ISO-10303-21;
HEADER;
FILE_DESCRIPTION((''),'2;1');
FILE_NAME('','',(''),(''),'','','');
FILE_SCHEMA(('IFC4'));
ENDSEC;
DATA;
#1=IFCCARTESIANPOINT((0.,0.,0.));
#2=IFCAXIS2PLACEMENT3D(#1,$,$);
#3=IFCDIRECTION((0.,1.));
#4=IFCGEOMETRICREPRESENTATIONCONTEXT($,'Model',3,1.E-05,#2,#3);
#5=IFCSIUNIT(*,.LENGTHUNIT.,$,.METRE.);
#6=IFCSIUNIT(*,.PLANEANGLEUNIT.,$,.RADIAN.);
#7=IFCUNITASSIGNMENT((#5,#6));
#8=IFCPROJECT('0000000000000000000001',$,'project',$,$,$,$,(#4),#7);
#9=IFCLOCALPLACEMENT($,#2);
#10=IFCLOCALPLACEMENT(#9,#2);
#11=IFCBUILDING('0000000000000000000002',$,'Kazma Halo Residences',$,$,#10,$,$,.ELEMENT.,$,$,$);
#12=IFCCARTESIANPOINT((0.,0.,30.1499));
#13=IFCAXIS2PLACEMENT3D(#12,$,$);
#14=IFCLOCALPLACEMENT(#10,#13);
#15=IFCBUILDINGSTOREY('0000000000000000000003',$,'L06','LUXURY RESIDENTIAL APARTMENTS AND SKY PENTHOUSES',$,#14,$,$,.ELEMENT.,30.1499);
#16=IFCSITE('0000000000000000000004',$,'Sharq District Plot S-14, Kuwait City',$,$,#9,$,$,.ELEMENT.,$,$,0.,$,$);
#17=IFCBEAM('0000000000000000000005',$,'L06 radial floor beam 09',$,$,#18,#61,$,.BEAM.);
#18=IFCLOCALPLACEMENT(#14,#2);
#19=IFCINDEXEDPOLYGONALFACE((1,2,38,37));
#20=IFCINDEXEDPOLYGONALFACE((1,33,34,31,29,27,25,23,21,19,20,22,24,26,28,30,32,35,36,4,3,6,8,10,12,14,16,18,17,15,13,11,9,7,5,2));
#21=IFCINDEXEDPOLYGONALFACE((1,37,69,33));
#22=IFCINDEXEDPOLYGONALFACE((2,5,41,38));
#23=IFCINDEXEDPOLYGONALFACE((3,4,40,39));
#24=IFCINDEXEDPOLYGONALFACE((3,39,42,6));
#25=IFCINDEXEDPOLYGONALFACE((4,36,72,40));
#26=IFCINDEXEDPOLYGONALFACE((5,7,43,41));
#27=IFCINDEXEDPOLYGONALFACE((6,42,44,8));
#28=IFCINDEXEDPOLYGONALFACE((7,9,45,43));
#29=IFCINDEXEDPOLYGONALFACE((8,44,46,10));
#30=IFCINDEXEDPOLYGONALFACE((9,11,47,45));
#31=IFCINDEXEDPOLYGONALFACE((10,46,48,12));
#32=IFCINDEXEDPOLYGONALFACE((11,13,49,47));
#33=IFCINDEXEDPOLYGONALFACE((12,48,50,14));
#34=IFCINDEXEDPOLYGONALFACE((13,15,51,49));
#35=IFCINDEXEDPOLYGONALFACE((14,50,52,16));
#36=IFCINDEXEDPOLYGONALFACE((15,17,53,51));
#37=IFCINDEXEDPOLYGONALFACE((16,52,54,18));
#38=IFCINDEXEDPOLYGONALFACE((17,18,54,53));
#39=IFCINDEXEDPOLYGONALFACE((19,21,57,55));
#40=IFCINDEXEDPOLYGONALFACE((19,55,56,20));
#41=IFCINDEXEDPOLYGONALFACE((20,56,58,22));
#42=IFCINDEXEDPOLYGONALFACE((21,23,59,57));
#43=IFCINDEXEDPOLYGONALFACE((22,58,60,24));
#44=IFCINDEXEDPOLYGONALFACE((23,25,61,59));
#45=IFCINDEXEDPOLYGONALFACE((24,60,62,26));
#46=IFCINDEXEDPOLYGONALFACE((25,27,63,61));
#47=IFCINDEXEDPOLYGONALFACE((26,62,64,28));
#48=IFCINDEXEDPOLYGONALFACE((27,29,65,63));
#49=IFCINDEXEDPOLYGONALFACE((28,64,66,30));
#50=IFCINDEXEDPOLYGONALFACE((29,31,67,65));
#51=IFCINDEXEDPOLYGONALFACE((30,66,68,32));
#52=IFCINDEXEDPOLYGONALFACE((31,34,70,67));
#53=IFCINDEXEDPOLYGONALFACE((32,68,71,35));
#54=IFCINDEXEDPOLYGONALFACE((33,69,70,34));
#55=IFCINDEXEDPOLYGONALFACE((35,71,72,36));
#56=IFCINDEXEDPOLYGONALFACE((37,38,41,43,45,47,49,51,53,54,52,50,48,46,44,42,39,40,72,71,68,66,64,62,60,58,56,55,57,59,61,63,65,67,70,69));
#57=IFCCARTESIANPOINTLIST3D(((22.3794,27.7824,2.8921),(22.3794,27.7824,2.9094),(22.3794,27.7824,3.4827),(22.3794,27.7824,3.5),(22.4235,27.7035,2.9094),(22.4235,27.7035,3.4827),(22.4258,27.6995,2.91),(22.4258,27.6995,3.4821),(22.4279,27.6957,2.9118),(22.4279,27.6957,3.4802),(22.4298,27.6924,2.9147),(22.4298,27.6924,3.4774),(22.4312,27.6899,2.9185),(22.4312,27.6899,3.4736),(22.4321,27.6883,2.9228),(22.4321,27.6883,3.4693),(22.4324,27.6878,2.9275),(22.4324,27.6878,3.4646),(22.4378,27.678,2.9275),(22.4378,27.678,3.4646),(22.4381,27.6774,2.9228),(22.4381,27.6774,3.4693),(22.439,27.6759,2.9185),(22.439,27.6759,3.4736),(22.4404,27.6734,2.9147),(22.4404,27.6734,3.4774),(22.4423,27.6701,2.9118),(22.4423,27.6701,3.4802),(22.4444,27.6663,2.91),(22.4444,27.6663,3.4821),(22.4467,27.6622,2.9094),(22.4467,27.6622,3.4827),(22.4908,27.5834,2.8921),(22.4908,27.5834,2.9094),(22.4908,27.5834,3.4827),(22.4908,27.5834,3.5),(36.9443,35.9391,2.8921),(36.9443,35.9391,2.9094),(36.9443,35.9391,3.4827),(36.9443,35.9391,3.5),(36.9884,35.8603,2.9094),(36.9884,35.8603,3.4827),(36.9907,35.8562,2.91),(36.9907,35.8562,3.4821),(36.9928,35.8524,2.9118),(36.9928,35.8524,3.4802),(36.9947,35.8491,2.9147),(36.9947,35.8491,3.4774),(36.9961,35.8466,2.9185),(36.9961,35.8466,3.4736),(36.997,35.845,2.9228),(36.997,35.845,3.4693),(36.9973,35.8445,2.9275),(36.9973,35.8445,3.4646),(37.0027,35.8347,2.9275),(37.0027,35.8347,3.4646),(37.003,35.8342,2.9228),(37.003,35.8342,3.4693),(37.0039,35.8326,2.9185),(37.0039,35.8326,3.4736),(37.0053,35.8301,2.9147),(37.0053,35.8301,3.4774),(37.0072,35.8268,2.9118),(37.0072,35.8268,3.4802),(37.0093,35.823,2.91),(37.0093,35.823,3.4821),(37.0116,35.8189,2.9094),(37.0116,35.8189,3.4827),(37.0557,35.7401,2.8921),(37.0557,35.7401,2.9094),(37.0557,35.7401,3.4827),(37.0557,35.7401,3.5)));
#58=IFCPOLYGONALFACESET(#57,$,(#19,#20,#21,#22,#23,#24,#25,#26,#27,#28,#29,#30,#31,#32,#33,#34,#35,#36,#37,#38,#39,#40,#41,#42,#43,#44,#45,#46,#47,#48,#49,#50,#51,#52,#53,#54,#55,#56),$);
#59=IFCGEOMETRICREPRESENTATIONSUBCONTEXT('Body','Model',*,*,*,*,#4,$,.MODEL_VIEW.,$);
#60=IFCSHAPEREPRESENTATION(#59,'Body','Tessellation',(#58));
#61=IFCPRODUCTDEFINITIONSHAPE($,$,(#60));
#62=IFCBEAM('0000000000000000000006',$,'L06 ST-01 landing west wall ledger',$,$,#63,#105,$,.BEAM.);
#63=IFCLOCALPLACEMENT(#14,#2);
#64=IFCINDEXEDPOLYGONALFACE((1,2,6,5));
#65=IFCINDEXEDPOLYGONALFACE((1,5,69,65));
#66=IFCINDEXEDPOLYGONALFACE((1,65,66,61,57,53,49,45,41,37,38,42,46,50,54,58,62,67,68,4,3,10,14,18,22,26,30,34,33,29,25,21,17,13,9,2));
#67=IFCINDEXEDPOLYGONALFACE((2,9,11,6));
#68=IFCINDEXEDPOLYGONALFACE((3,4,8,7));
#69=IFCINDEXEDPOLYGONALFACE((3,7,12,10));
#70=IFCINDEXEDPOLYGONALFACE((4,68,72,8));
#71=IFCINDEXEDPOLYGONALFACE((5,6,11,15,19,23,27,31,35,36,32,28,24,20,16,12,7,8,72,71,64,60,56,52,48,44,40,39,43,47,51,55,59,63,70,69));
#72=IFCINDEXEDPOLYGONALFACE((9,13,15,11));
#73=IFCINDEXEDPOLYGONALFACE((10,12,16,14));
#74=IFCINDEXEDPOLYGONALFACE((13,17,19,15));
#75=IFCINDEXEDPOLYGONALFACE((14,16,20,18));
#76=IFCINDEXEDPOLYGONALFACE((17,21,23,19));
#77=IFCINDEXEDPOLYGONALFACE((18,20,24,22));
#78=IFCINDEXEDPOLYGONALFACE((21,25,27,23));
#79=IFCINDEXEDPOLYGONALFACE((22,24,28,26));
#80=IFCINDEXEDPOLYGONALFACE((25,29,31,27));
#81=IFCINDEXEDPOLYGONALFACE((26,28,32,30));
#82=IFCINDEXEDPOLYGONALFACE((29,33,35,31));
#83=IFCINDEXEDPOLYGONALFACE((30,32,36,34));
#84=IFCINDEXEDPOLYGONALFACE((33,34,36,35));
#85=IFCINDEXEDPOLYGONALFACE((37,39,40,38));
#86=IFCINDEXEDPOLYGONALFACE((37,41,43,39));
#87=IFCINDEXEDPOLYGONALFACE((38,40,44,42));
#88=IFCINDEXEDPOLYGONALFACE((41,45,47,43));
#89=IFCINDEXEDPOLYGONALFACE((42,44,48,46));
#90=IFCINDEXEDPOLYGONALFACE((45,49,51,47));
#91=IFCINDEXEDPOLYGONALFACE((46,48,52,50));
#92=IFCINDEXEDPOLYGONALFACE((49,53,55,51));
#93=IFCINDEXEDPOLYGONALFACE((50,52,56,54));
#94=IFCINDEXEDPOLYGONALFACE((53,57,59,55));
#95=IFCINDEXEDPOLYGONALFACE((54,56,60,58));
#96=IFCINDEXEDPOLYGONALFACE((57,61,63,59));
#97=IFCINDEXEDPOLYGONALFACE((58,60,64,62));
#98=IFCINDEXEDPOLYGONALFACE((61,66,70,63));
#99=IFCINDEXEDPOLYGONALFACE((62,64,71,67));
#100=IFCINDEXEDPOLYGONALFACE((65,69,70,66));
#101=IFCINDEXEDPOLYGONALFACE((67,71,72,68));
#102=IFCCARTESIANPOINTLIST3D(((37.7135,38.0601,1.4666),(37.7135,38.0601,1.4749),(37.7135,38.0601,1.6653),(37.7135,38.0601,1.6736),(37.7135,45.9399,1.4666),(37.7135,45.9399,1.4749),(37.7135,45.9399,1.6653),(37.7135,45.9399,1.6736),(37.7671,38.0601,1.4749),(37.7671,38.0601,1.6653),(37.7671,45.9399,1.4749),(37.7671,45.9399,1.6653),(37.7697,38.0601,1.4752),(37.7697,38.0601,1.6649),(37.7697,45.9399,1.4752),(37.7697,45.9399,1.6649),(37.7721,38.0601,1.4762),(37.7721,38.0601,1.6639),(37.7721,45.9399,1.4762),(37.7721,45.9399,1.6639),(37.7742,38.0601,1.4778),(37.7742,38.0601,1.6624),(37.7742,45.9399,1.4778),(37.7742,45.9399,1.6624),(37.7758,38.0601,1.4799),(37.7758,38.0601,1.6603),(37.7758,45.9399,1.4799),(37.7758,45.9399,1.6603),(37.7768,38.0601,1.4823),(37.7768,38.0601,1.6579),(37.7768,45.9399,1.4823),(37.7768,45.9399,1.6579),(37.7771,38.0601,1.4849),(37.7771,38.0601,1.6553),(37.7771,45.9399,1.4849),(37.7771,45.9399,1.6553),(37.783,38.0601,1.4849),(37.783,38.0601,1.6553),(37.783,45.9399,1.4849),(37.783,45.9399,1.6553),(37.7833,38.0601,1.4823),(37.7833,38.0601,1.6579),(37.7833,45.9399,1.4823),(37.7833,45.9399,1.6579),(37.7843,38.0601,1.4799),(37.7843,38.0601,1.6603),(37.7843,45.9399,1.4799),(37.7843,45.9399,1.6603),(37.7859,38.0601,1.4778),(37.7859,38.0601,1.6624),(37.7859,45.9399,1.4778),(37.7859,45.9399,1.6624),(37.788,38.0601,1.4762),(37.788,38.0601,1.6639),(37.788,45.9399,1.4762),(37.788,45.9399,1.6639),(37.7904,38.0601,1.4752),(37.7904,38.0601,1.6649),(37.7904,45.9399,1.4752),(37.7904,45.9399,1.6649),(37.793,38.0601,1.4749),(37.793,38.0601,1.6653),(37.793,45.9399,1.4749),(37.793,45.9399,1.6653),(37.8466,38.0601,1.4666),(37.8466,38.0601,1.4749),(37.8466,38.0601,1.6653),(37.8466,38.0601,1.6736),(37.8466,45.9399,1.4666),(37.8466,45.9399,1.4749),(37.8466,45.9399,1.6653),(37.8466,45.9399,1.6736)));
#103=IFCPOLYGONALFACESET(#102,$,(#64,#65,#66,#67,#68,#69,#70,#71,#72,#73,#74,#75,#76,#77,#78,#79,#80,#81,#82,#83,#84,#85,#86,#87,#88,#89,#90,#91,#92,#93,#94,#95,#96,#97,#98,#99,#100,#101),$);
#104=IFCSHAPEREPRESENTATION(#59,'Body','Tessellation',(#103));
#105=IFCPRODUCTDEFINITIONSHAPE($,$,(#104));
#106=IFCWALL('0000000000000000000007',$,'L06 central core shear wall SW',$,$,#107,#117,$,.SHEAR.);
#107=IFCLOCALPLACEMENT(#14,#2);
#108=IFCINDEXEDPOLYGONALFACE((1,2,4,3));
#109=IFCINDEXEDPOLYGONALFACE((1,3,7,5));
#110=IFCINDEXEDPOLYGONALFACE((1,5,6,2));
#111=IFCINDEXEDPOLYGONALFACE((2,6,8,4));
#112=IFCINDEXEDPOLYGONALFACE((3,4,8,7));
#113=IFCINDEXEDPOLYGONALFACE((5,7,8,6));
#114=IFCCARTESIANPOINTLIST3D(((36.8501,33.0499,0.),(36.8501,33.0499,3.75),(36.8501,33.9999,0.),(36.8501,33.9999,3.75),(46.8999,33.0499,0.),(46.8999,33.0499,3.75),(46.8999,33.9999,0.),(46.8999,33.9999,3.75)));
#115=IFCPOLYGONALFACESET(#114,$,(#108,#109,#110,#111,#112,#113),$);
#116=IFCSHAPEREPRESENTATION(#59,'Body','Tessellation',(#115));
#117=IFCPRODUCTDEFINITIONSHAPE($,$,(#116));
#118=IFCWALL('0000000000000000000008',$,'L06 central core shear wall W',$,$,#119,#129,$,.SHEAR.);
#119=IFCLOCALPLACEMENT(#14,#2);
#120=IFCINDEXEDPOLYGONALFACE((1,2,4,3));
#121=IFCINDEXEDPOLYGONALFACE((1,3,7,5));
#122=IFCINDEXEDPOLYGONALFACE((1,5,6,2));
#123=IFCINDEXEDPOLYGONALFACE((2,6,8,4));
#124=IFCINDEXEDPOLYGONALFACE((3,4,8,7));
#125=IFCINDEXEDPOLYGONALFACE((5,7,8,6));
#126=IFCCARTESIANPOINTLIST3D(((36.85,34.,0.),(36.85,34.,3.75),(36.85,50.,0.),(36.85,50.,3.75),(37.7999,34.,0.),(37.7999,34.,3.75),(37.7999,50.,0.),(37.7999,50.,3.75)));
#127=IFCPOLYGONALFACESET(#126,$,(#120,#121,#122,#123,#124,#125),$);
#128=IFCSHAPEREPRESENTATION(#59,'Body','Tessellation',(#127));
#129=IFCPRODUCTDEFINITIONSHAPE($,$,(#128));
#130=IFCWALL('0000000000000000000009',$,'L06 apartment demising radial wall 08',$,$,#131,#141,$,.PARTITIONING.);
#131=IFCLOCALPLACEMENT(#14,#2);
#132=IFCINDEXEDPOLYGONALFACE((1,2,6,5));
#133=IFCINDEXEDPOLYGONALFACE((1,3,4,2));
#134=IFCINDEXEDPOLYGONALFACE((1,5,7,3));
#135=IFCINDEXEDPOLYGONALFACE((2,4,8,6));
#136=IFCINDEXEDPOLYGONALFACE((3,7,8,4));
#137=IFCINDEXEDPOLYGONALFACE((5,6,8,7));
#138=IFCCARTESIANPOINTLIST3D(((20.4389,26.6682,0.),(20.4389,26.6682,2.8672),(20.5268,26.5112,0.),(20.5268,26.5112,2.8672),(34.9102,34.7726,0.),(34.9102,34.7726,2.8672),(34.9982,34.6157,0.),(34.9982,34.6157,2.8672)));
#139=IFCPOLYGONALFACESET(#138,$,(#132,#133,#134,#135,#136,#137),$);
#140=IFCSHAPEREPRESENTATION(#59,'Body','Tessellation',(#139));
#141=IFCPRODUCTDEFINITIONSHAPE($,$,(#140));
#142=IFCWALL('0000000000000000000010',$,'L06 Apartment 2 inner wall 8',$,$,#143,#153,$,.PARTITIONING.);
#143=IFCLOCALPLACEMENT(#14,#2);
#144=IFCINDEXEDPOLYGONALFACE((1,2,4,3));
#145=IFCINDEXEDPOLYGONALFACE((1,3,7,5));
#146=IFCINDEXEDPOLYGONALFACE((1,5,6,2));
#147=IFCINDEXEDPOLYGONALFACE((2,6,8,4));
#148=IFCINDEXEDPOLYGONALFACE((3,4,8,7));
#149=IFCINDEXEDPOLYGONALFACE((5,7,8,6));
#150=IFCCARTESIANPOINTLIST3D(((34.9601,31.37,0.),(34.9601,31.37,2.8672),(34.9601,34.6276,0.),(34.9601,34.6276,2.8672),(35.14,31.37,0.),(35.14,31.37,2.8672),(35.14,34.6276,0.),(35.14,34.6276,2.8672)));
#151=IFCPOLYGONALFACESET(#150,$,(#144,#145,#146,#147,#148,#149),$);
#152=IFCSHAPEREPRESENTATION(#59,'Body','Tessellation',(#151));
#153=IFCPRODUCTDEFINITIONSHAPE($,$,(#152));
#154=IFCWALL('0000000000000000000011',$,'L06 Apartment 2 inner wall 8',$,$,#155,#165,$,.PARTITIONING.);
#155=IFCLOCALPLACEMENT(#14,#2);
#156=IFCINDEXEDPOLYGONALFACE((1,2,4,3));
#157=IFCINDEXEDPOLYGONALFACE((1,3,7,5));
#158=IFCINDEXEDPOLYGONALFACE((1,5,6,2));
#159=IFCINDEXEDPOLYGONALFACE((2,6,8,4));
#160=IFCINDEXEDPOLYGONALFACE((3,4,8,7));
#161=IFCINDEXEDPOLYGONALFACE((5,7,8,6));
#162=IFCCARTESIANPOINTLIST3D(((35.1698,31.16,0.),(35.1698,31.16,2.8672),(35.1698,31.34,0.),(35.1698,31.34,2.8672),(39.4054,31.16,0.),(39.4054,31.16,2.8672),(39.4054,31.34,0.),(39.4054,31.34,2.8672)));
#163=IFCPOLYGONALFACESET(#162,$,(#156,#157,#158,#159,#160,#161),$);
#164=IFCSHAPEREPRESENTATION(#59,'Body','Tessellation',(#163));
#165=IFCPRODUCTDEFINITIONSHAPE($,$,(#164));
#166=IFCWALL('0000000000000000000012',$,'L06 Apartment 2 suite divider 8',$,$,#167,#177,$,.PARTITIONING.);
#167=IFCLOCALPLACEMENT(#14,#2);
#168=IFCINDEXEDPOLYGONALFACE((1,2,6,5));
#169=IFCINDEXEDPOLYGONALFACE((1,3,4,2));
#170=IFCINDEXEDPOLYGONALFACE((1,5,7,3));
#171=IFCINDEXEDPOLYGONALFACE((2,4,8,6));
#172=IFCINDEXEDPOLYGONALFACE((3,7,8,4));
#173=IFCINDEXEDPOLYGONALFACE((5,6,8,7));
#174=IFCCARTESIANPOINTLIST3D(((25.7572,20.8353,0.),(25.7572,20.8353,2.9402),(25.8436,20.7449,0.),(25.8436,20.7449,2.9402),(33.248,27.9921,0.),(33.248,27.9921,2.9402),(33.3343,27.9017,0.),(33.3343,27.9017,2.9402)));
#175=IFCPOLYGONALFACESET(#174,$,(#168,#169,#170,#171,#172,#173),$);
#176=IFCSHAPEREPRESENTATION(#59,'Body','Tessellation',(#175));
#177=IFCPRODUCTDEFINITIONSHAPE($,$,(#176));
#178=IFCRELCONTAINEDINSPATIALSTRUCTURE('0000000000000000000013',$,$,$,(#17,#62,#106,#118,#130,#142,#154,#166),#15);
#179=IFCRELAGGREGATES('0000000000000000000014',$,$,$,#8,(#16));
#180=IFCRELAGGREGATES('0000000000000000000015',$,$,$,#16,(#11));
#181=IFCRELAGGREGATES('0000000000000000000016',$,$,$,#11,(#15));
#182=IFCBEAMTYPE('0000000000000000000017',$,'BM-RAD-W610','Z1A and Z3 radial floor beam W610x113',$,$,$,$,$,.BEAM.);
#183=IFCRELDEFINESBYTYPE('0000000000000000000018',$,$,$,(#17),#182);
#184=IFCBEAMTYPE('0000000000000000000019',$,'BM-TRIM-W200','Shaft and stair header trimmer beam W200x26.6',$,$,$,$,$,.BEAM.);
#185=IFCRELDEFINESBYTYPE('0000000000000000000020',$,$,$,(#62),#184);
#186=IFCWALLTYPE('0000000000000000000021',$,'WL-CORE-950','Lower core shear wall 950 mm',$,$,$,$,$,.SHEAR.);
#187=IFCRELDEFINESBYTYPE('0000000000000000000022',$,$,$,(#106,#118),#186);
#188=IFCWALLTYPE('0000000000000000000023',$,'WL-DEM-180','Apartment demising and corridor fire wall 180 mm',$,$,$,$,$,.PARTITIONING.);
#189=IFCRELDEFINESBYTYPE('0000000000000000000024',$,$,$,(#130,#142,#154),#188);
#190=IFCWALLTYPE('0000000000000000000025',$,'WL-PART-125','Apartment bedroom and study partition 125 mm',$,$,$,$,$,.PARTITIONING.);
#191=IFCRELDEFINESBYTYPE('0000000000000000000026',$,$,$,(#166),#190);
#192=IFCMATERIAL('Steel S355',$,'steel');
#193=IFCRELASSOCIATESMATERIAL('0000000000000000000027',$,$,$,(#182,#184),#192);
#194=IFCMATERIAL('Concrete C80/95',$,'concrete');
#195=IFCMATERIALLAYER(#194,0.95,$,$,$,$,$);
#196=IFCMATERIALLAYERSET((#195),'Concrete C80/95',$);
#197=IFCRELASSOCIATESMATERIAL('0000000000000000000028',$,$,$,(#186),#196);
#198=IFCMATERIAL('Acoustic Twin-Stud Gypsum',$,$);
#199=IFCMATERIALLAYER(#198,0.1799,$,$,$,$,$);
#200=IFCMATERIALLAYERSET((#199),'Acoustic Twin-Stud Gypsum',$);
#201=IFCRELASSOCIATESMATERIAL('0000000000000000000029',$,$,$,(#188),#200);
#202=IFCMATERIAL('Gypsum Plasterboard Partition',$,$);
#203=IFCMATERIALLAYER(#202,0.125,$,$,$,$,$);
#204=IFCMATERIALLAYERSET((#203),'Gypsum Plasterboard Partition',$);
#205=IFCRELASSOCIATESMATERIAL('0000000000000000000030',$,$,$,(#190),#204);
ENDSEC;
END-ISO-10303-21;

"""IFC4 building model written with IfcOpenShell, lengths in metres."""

from ifc_helpers import new_model, si_unit, direction, frame, frame_2d, origin, origin_2d, place, context, subcontext, project, spatial, rectangle, i_section, extrude, material, layer, layer_set, material_profile, profile_set, type_object, element, save


model = new_model("IFC4")

# Units and contexts
model_context = context("Model", 3, precision=1e-05, world=origin(), true_north=direction((0.0, 1.0)))
body_context = subcontext(model_context, "Body", "Model", "MODEL_VIEW")
ifc_project = project(units=[si_unit("LENGTHUNIT", "METRE"), si_unit("PLANEANGLEUNIT", "RADIAN")], contexts=[model_context])

# Site, building, storey
site_placement = place(None, origin())
site = spatial("IfcSite", under=ifc_project, at=site_placement, Name="Sharq District Plot S-14, Kuwait City", CompositionType="ELEMENT", RefElevation=0.0)
building_placement = place(site_placement, origin())
building = spatial("IfcBuilding", under=site, at=building_placement, Name="Kazma Halo Residences", CompositionType="ELEMENT")
storey_placement = place(building_placement, frame((0.0, 0.0, 30.1499)))
storey = spatial("IfcBuildingStorey", under=building, at=storey_placement, Name="L06", Description="LUXURY RESIDENTIAL APARTMENTS AND SKY PENTHOUSES", CompositionType="ELEMENT", Elevation=30.1499)

# Beams
ifc_material_1 = material(Name="Steel S355", Category="steel")
ifc_material_profile_1 = material_profile(ifc_material_1, i_section(OverallWidth=0.228, OverallDepth=0.6079, WebThickness=0.0112, FlangeThickness=0.0173, FilletRadius=0.0181, at=origin_2d()), Name="W610x113")
ifc_profile_set_1 = profile_set([ifc_material_profile_1], Name="Steel S355")
beam_type_1 = type_object("IfcBeamType", Name="BM-RAD-W610", Description="Z1A and Z3 radial floor beam W610x113", PredefinedType="BEAM", material=ifc_profile_set_1)
beam_1_placement = place(storey_placement, frame((37.0, 35.8396, 3.196), z_axis=(-0.872497, -0.48862, 0.0), x_axis=(0.48862, -0.872497, 0.0)))
element("IfcBeam", 1, at=beam_1_placement, inside=storey, type_object=beam_type_1, Name="L06 radial floor beam 09", PredefinedType="BEAM", context=body_context, shape_type="SweptSolid", body=[
    extrude(i_section(OverallWidth=0.228, OverallDepth=0.6079, WebThickness=0.0112, FlangeThickness=0.0173, FilletRadius=0.0181, at=origin_2d()), origin(), (0.0, 0.0, 1.0), 16.6934),
])
ifc_material_profile_2 = material_profile(ifc_material_1, i_section(OverallWidth=0.1331, OverallDepth=0.207, WebThickness=0.0059, FlangeThickness=0.0083, FilletRadius=0.01, at=origin_2d()), Name="W200x26.6")
ifc_profile_set_2 = profile_set([ifc_material_profile_2], Name="Steel S355")
beam_type_2 = type_object("IfcBeamType", Name="BM-TRIM-W200", Description="Shaft and stair header trimmer beam W200x26.6", PredefinedType="BEAM", material=ifc_profile_set_2)
beam_2_placement = place(storey_placement, frame((37.78, 38.0601, 1.5701), z_axis=(0.0, 1.0, 0.0), x_axis=(-1.0, 0.0, 0.0)))
element("IfcBeam", 2, at=beam_2_placement, inside=storey, type_object=beam_type_2, Name="L06 ST-01 landing west wall ledger", PredefinedType="BEAM", context=body_context, shape_type="SweptSolid", body=[
    extrude(i_section(OverallWidth=0.1331, OverallDepth=0.207, WebThickness=0.0059, FlangeThickness=0.0083, FilletRadius=0.01, at=origin_2d()), origin(), (0.0, 0.0, 1.0), 7.8799),
])

# Walls
ifc_material_2 = material(Name="Concrete C80/95", Category="concrete")
ifc_layer_1 = layer(ifc_material_2, 0.95)
ifc_layer_set_1 = layer_set([ifc_layer_1], Name="Concrete C80/95")
wall_type_1 = type_object("IfcWallType", Name="WL-CORE-950", Description="Lower core shear wall 950 mm", PredefinedType="SHEAR", material=ifc_layer_set_1)
wall_1_placement = place(storey_placement, frame((36.8501, 33.5249, 0.0), z_axis=(0.0, 0.0, 1.0), x_axis=(1.0, 0.0, 0.0)))
element("IfcWall", 3, at=wall_1_placement, inside=storey, type_object=wall_type_1, Name="L06 central core shear wall SW", PredefinedType="SHEAR", context=body_context, shape_type="SweptSolid", body=[
    extrude(rectangle(XDim=10.0498, YDim=0.95, at=frame_2d((5.0249, 0.0))), origin(), (0.0, 0.0, 1.0), 3.75),
])
wall_2_placement = place(storey_placement, frame((37.325, 34.0, 0.0), z_axis=(0.0, 0.0, 1.0), x_axis=(0.0, 1.0, 0.0)))
element("IfcWall", 4, at=wall_2_placement, inside=storey, type_object=wall_type_1, Name="L06 central core shear wall W", PredefinedType="SHEAR", context=body_context, shape_type="SweptSolid", body=[
    extrude(rectangle(XDim=16.0, YDim=0.95, at=frame_2d((8.0, 0.0))), origin(), (0.0, 0.0, 1.0), 3.75),
])
ifc_material_3 = material(Name="Acoustic Twin-Stud Gypsum")
ifc_layer_2 = layer(ifc_material_3, 0.1799)
ifc_layer_set_2 = layer_set([ifc_layer_2], Name="Acoustic Twin-Stud Gypsum")
wall_type_2 = type_object("IfcWallType", Name="WL-DEM-180", Description="Apartment demising and corridor fire wall 180 mm", PredefinedType="PARTITIONING", material=ifc_layer_set_2)
wall_3_placement = place(storey_placement, frame((34.9541, 34.6941, 0.0), z_axis=(0.0, 0.0, 1.0), x_axis=(-0.872493, -0.488626, 0.0)))
element("IfcWall", 5, at=wall_3_placement, inside=storey, type_object=wall_type_2, Name="L06 apartment demising radial wall 08", PredefinedType="PARTITIONING", context=body_context, shape_type="SweptSolid", body=[
    extrude(rectangle(XDim=16.5862, YDim=0.1799, at=frame_2d((8.293, 0.0))), origin(), (0.0, 0.0, 1.0), 2.8672),
])
wall_4_placement = place(storey_placement, frame((35.05, 34.6277, 0.0), z_axis=(0.0, 0.0, 1.0), x_axis=(0.0, -1.0, 0.0)))
element("IfcWall", 6, at=wall_4_placement, inside=storey, type_object=wall_type_2, Name="L06 Apartment 2 inner wall 8", PredefinedType="PARTITIONING", context=body_context, shape_type="SweptSolid", body=[
    extrude(rectangle(XDim=3.2576, YDim=0.1799, at=frame_2d((1.6289, 0.0))), origin(), (0.0, 0.0, 1.0), 2.8672),
])
wall_5_placement = place(storey_placement, frame((35.1699, 31.25, 0.0), z_axis=(0.0, 0.0, 1.0), x_axis=(1.0, 0.0, 0.0)))
element("IfcWall", 7, at=wall_5_placement, inside=storey, type_object=wall_type_2, Name="L06 Apartment 2 inner wall 8", PredefinedType="PARTITIONING", context=body_context, shape_type="SweptSolid", body=[
    extrude(rectangle(XDim=4.2356, YDim=0.1799, at=frame_2d((2.1177, 0.0))), origin(), (0.0, 0.0, 1.0), 2.8672),
])
ifc_material_4 = material(Name="Gypsum Plasterboard Partition")
ifc_layer_3 = layer(ifc_material_4, 0.125)
ifc_layer_set_3 = layer_set([ifc_layer_3], Name="Gypsum Plasterboard Partition")
wall_type_3 = type_object("IfcWallType", Name="WL-PART-125", Description="Apartment bedroom and study partition 125 mm", PredefinedType="PARTITIONING", material=ifc_layer_set_3)
wall_6_placement = place(storey_placement, frame((33.2913, 27.947, 0.0), z_axis=(0.0, 0.0, 1.0), x_axis=(-0.723042, -0.690804, 0.0)))
element("IfcWall", 8, at=wall_6_placement, inside=storey, type_object=wall_type_3, Name="L06 Apartment 2 suite divider 8", PredefinedType="PARTITIONING", context=body_context, shape_type="SweptSolid", body=[
    extrude(rectangle(XDim=10.3601, YDim=0.125, at=frame_2d((5.1802, 0.0))), origin(), (0.0, 0.0, 1.0), 2.9402),
])

save(model, "model.ifc")
